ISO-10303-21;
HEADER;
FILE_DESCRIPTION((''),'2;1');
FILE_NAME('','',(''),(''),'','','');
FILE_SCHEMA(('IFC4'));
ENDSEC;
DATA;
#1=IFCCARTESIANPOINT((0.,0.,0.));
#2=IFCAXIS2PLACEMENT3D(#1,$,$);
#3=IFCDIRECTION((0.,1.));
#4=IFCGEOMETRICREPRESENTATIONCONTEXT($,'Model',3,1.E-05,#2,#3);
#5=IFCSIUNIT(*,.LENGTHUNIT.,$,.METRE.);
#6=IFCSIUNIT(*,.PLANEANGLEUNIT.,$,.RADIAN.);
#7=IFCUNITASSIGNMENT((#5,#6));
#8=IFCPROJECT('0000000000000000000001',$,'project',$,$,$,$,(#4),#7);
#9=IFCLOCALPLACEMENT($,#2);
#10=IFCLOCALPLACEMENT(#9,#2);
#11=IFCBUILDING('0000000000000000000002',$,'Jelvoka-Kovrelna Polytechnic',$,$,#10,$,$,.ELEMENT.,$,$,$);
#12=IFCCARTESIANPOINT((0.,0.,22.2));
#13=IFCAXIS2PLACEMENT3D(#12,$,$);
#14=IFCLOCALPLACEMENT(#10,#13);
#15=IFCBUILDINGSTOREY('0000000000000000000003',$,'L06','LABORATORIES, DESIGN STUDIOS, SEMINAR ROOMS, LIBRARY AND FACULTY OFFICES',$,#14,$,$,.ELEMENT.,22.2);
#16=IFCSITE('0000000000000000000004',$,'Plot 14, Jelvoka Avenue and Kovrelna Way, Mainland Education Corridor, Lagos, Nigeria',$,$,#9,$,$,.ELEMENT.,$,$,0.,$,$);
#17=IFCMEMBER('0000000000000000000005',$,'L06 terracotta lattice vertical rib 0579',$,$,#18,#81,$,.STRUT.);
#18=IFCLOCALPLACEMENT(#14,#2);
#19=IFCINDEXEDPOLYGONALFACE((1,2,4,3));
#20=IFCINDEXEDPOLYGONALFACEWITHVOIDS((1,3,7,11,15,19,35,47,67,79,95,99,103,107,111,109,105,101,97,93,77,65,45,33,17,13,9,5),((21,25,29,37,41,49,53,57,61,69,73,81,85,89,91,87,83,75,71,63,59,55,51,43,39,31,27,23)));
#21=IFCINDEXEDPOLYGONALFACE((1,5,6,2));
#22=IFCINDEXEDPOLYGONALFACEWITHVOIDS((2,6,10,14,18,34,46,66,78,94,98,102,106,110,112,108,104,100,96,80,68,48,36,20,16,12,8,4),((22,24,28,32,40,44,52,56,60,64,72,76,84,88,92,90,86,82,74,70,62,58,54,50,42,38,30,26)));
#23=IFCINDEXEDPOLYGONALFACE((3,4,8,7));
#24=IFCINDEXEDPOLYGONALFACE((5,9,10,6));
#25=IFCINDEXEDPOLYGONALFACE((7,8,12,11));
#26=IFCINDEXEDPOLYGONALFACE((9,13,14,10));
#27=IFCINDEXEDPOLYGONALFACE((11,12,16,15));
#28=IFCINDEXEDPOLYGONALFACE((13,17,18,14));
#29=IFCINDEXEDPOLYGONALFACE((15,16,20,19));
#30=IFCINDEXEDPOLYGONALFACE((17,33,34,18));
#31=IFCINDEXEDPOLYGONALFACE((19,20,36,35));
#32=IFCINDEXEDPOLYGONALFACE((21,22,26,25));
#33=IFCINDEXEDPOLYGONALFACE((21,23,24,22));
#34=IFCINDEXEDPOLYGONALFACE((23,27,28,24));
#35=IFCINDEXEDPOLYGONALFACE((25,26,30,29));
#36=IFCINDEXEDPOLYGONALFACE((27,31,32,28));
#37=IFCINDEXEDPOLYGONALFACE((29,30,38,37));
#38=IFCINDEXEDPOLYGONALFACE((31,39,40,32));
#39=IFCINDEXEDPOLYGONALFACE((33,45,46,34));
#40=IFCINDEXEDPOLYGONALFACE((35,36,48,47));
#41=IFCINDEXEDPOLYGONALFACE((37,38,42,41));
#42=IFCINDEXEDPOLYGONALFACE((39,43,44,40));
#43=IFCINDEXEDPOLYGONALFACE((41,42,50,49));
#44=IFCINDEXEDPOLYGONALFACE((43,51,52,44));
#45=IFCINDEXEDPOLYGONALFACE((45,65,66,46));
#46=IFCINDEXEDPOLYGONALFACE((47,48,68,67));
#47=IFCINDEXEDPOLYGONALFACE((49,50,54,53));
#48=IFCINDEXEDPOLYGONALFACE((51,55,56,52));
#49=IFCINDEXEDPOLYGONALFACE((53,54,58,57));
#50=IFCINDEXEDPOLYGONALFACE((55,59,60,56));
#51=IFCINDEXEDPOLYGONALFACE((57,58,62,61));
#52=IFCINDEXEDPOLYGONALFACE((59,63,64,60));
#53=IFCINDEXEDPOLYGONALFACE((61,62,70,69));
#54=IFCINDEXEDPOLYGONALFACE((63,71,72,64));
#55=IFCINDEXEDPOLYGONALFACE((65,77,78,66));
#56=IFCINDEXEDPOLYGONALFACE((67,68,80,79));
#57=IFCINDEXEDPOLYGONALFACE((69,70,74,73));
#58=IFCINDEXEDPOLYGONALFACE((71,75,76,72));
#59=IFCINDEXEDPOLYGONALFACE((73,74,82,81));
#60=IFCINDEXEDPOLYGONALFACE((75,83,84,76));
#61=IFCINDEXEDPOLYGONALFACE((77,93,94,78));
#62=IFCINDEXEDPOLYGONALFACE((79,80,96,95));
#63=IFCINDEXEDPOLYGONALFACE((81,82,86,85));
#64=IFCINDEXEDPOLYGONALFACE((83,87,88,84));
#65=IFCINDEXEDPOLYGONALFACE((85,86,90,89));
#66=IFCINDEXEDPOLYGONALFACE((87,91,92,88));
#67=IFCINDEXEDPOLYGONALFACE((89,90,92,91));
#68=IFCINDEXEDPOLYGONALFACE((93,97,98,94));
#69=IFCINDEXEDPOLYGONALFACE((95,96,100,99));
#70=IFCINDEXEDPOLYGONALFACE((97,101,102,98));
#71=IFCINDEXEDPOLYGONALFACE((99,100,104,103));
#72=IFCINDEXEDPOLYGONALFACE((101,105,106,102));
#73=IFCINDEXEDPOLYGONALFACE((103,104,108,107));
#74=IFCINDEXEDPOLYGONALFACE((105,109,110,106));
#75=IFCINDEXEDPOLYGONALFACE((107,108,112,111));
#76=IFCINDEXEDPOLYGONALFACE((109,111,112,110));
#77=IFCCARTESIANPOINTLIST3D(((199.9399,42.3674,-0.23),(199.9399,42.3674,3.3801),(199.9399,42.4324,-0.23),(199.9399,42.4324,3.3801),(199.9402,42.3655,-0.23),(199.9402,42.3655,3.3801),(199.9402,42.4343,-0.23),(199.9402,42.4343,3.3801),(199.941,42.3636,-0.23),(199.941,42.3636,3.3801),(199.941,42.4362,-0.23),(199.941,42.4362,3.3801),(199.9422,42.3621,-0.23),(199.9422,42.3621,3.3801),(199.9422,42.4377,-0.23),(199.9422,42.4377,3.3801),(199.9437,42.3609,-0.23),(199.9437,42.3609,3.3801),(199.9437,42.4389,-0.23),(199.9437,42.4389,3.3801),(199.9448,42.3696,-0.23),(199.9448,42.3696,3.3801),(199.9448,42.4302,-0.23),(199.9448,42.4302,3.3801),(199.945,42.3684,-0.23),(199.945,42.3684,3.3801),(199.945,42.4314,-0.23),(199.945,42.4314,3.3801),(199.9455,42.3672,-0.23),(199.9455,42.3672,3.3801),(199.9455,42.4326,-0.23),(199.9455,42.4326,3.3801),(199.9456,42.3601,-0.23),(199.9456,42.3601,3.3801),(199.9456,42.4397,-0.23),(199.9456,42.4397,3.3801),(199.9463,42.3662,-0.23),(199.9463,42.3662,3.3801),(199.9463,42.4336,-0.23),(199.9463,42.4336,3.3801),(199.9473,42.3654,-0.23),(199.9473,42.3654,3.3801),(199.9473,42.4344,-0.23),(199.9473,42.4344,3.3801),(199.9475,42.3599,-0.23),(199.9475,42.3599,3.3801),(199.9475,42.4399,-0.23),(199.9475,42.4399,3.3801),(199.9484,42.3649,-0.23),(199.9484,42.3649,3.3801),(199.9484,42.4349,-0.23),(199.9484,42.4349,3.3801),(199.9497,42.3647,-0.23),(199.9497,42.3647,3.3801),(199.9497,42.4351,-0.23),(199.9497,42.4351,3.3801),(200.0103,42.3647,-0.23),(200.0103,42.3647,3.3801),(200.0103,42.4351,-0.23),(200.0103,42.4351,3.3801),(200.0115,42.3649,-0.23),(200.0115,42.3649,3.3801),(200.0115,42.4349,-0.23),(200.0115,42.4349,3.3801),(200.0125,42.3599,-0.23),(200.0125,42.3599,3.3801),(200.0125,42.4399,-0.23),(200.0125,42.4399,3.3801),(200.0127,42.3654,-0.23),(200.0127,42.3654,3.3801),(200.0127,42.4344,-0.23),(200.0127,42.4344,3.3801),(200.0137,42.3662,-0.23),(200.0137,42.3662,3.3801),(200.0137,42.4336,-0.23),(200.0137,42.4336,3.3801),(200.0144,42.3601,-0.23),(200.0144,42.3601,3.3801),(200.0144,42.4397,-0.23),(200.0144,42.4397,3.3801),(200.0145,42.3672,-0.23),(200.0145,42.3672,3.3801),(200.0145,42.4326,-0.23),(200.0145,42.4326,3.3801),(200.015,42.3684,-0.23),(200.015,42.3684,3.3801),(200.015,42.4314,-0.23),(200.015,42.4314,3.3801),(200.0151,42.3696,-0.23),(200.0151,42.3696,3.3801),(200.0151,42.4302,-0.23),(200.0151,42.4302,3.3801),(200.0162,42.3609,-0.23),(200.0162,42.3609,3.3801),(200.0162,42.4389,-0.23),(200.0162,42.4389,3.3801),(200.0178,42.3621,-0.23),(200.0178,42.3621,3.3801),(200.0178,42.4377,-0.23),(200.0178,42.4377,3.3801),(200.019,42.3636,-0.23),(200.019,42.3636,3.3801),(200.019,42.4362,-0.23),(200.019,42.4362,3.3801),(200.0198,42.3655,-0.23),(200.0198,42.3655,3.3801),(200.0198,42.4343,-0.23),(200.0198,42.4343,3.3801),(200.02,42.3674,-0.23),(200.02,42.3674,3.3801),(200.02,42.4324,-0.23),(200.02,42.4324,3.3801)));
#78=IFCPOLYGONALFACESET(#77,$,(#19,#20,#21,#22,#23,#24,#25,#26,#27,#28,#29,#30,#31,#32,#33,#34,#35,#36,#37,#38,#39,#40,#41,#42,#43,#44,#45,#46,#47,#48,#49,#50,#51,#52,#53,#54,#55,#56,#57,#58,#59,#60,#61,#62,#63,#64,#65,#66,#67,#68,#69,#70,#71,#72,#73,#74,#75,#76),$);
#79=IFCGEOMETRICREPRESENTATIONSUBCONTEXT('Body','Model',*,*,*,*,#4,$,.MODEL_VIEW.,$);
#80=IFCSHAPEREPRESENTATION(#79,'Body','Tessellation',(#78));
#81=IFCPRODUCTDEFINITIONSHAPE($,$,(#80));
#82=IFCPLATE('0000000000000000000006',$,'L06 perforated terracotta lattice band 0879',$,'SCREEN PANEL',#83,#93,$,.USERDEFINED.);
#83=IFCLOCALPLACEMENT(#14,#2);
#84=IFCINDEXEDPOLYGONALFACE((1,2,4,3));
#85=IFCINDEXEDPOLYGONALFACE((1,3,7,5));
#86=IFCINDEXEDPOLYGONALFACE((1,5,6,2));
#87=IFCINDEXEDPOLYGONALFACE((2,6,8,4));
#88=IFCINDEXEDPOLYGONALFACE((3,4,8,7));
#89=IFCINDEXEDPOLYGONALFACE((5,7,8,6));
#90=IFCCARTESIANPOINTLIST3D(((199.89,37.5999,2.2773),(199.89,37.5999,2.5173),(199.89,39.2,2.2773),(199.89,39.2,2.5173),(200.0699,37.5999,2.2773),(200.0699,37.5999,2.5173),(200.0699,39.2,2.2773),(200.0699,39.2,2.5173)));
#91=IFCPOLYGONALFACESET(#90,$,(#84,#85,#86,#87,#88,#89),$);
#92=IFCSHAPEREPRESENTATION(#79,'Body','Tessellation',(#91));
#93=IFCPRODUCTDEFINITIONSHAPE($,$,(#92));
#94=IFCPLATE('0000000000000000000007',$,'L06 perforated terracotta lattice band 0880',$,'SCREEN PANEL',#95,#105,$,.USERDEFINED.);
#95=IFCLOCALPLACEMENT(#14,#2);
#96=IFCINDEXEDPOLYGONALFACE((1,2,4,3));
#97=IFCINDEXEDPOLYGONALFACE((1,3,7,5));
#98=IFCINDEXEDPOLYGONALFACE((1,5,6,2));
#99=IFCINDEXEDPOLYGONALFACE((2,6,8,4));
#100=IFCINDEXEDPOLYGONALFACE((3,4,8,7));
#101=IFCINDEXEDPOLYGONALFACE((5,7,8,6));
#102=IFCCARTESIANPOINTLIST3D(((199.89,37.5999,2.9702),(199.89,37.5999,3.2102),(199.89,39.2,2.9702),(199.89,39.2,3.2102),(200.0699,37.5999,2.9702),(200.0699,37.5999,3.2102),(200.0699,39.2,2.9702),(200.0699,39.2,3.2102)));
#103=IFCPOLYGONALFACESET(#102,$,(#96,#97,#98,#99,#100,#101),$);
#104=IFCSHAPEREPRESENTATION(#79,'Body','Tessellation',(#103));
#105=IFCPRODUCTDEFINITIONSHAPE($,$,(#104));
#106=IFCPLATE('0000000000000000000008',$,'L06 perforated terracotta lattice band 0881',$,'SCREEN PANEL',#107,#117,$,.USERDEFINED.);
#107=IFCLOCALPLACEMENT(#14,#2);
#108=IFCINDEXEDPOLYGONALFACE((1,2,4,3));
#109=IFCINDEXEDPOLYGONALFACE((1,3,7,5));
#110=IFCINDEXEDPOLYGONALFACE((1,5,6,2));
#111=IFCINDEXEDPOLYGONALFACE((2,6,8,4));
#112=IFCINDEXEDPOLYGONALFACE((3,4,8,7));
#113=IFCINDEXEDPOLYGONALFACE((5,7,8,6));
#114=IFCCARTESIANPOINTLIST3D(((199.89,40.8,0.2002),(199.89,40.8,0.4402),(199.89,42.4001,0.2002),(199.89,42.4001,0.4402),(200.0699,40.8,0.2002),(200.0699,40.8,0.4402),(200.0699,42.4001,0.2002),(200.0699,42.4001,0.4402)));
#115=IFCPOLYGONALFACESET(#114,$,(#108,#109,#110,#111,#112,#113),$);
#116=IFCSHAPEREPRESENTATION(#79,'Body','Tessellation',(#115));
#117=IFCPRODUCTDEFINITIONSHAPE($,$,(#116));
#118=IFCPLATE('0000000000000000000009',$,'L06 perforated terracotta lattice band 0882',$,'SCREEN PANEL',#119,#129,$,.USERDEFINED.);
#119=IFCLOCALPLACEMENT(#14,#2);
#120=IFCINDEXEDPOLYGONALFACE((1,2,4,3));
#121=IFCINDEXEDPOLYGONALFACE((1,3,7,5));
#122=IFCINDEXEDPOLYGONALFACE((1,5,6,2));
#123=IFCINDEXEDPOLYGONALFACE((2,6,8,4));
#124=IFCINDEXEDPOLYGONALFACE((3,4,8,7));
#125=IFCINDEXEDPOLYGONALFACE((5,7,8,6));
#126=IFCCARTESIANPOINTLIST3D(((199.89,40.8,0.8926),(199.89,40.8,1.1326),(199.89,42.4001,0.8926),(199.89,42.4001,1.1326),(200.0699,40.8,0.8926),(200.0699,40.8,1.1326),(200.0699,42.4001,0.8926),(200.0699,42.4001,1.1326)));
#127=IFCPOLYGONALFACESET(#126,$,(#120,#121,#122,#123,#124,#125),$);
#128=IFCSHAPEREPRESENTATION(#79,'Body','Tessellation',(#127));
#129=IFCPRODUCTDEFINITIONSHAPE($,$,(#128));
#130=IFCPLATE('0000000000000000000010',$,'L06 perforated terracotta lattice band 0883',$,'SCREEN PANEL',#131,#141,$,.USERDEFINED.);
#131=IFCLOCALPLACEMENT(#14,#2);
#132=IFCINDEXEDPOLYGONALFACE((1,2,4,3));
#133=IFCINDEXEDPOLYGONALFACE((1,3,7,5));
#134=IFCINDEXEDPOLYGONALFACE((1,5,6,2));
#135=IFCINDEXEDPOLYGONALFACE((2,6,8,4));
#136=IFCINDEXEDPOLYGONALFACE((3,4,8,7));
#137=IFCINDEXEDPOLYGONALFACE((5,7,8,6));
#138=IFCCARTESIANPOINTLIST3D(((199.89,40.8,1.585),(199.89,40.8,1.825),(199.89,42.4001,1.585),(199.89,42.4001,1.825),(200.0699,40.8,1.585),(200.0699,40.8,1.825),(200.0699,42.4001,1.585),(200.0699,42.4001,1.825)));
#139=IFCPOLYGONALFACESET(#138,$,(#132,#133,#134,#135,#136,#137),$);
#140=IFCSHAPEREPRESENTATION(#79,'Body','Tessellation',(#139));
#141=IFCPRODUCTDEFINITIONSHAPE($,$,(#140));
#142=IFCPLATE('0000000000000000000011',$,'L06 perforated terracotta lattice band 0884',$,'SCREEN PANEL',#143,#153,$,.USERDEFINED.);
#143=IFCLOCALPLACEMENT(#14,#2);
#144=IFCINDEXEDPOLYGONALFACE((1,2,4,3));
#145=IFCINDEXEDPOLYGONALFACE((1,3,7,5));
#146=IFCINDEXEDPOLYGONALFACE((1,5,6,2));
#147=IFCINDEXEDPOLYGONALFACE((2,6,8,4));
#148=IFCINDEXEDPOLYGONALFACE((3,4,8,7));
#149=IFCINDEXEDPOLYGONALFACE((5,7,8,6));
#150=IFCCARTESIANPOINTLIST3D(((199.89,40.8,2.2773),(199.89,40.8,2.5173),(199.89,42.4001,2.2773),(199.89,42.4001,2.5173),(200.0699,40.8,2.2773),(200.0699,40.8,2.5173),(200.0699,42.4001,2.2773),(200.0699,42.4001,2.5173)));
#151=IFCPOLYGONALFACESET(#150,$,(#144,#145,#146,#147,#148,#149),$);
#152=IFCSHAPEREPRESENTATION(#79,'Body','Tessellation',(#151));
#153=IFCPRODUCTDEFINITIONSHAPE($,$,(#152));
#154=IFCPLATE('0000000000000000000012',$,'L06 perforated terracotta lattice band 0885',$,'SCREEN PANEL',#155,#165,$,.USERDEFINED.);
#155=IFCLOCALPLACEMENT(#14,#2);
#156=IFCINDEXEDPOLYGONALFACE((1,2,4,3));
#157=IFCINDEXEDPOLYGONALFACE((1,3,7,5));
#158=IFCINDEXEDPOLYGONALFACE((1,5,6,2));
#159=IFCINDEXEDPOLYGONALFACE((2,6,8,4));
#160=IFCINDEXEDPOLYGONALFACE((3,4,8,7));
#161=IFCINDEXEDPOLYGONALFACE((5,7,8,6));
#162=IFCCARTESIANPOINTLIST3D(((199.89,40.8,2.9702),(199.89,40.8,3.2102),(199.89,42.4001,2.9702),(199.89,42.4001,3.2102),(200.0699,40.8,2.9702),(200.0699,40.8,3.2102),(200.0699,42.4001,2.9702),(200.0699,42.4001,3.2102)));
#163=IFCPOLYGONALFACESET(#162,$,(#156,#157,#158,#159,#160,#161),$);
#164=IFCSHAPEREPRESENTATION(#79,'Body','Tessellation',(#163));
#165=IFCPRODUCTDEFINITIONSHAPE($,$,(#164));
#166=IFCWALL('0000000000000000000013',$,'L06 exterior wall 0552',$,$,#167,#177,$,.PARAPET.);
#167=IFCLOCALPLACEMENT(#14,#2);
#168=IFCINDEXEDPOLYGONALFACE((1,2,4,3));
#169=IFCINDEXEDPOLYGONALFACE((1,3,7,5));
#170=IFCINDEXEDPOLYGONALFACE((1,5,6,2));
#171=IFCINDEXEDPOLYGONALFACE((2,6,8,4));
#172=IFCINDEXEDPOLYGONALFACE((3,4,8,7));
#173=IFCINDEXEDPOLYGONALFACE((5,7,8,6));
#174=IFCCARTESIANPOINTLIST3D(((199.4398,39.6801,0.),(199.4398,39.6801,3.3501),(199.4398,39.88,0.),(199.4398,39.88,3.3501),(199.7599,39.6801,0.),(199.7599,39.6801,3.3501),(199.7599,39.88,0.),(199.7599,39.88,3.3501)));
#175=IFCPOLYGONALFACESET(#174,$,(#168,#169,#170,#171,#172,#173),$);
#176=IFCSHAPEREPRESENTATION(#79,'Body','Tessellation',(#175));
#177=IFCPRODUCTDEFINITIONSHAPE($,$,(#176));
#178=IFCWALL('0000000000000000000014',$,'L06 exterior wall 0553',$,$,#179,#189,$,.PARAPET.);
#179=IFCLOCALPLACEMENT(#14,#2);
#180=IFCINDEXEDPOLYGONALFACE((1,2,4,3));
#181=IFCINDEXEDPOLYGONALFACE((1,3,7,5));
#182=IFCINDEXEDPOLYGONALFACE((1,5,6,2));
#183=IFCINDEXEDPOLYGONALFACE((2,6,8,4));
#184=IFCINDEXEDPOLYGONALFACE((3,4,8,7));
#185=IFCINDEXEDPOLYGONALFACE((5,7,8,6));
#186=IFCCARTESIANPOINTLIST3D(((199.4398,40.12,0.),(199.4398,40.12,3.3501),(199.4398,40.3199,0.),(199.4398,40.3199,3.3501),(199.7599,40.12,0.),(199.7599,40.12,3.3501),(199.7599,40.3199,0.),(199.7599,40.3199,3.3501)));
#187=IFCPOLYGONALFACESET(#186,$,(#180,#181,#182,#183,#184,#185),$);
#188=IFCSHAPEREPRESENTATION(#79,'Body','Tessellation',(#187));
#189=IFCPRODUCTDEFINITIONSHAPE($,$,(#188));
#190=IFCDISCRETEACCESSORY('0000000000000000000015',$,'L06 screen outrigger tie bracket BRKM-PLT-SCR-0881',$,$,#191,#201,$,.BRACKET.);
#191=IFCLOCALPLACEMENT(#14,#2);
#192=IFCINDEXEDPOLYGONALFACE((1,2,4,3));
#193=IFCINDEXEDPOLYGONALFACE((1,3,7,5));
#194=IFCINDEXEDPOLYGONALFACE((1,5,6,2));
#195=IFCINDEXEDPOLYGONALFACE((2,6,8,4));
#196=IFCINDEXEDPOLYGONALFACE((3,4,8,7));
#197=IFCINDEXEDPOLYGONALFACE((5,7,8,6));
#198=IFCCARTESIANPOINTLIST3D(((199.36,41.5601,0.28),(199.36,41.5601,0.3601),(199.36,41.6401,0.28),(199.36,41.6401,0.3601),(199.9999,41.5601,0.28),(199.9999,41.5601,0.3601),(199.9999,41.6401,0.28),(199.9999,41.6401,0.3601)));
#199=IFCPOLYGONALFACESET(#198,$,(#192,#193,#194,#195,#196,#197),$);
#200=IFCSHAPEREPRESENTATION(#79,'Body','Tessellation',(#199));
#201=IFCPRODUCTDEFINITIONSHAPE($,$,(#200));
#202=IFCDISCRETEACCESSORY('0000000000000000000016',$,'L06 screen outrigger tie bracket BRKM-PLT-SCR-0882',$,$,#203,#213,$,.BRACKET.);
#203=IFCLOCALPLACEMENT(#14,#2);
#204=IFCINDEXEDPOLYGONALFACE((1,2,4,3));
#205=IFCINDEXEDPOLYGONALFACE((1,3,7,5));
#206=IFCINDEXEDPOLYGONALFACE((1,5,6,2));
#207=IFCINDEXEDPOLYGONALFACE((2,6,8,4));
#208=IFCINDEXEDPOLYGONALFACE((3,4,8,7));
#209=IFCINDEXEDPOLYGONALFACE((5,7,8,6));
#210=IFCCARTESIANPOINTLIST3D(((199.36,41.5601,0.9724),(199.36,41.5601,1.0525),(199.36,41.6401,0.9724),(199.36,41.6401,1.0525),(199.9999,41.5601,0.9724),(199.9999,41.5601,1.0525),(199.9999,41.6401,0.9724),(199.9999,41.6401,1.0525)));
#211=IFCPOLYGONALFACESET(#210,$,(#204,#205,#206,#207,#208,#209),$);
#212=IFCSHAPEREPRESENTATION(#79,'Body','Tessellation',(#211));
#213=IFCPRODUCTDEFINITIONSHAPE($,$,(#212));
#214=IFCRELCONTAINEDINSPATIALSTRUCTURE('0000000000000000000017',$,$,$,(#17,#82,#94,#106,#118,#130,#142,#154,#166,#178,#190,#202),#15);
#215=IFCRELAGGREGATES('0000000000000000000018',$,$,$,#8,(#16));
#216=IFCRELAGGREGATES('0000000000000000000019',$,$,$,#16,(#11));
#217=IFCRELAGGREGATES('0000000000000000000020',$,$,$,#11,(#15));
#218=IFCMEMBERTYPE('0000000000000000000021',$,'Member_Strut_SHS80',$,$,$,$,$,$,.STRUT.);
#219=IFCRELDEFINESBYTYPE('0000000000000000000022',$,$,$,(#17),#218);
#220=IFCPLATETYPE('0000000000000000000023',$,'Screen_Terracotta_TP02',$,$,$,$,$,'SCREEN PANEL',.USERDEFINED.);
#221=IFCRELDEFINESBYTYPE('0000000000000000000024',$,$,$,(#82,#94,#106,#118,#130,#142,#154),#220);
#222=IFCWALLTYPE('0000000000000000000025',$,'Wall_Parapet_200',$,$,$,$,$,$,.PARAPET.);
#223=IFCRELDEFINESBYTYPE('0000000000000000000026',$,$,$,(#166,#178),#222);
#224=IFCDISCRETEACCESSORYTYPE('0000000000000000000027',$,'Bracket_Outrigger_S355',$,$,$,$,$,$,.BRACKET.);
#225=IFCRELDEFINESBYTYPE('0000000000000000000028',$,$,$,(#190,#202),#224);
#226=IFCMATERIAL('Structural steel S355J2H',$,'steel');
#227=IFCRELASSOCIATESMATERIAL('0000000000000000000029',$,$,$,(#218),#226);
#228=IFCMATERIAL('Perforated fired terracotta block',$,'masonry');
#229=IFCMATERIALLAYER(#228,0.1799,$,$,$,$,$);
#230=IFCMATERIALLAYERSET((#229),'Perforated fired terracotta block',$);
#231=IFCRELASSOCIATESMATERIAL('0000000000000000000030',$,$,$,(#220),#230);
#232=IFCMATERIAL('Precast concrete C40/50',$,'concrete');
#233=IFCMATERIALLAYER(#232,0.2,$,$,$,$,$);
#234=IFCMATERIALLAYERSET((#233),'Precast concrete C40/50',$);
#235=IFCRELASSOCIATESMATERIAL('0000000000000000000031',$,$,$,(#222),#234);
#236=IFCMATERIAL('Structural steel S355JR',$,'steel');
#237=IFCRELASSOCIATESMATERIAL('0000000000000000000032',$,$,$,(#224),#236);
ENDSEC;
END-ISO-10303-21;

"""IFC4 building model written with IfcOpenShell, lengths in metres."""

from ifc_helpers import new_model, si_unit, direction, frame, frame_2d, origin, origin_2d, place, context, subcontext, project, spatial, rectangle, hollow_rectangle, extrude, material, layer, layer_set, material_profile, profile_set, type_object, element, save


model = new_model("IFC4")

# Units and contexts
model_context = context("Model", 3, precision=1e-05, world=origin(), true_north=direction((0.0, 1.0)))
body_context = subcontext(model_context, "Body", "Model", "MODEL_VIEW")
ifc_project = project(units=[si_unit("LENGTHUNIT", "METRE"), si_unit("PLANEANGLEUNIT", "RADIAN")], contexts=[model_context])

# Site, building, storey
site_placement = place(None, origin())
site = spatial("IfcSite", under=ifc_project, at=site_placement, Name="Plot 14, Jelvoka Avenue and Kovrelna Way, Mainland Education Corridor, Lagos, Nigeria", CompositionType="ELEMENT", RefElevation=0.0)
building_placement = place(site_placement, origin())
building = spatial("IfcBuilding", under=site, at=building_placement, Name="Jelvoka-Kovrelna Polytechnic", CompositionType="ELEMENT")
storey_placement = place(building_placement, frame((0.0, 0.0, 22.2)))
storey = spatial("IfcBuildingStorey", under=building, at=storey_placement, Name="L06", Description="LABORATORIES, DESIGN STUDIOS, SEMINAR ROOMS, LIBRARY AND FACULTY OFFICES", CompositionType="ELEMENT", Elevation=22.2)

# Member
ifc_material_1 = material(Name="Structural steel S355J2H", Category="steel")
ifc_material_profile_1 = material_profile(ifc_material_1, hollow_rectangle(XDim=0.0801, YDim=0.0801, WallThickness=0.0049, InnerFilletRadius=0.0049, OuterFilletRadius=0.0076, at=origin_2d()), Name="80x80x5.0 SHS")
ifc_profile_set_1 = profile_set([ifc_material_profile_1], Name="Structural steel S355J2H")
member_type_1 = type_object("IfcMemberType", Name="Member_Strut_SHS80", PredefinedType="STRUT", material=ifc_profile_set_1)
for number, where, z_axis, x_axis, name in (
    (1, (199.98, 42.3999, -0.23), (0.0, 0.0, 1.0), (1.0, 0.0, 0.0), "L06 terracotta lattice vertical rib 0579"),
):
    element("IfcMember", number, at=place(storey_placement, frame(where, z_axis=z_axis, x_axis=x_axis)), inside=storey, type_object=member_type_1, Name=name, PredefinedType="STRUT", context=body_context, shape_type="SweptSolid", body=[
        extrude(hollow_rectangle(XDim=0.0801, YDim=0.0801, WallThickness=0.0049, InnerFilletRadius=0.0049, OuterFilletRadius=0.0076, at=origin_2d()), origin(), (0.0, 0.0, 1.0), 3.6101),
    ])

# Plates
ifc_material_2 = material(Name="Perforated fired terracotta block", Category="masonry")
ifc_layer_1 = layer(ifc_material_2, 0.1799)
ifc_layer_set_1 = layer_set([ifc_layer_1], Name="Perforated fired terracotta block")
plate_type = type_object("IfcPlateType", Name="Screen_Terracotta_TP02", ElementType="SCREEN PANEL", PredefinedType="USERDEFINED", material=ifc_layer_set_1)
for number, where, z_axis, x_axis, name in (
    (2, (199.98, 38.3999, 2.2773), (0.0, 0.0, 1.0), (0.0, 1.0, 0.0), "L06 perforated terracotta lattice band 0879"),
    (3, (199.98, 38.3999, 2.9702), (0.0, 0.0, 1.0), (0.0, 1.0, 0.0), "L06 perforated terracotta lattice band 0880"),
    (4, (199.98, 41.6001, 0.2002), (0.0, 0.0, 1.0), (0.0, 1.0, 0.0), "L06 perforated terracotta lattice band 0881"),
    (5, (199.98, 41.6001, 0.8926), (0.0, 0.0, 1.0), (0.0, 1.0, 0.0), "L06 perforated terracotta lattice band 0882"),
    (6, (199.98, 41.6001, 1.585), (0.0, 0.0, 1.0), (0.0, 1.0, 0.0), "L06 perforated terracotta lattice band 0883"),
    (7, (199.98, 41.6001, 2.2773), (0.0, 0.0, 1.0), (0.0, 1.0, 0.0), "L06 perforated terracotta lattice band 0884"),
    (8, (199.98, 41.6001, 2.9702), (0.0, 0.0, 1.0), (0.0, 1.0, 0.0), "L06 perforated terracotta lattice band 0885"),
):
    element("IfcPlate", number, at=place(storey_placement, frame(where, z_axis=z_axis, x_axis=x_axis)), inside=storey, type_object=plate_type, Name=name, ObjectType="SCREEN PANEL", PredefinedType="USERDEFINED", context=body_context, shape_type="SweptSolid", body=[
        extrude(rectangle(XDim=1.6001, YDim=0.1799, at=origin_2d()), origin(), (0.0, 0.0, 1.0), 0.24),
    ])

# Walls
ifc_material_3 = material(Name="Precast concrete C40/50", Category="concrete")
ifc_layer_2 = layer(ifc_material_3, 0.2)
ifc_layer_set_2 = layer_set([ifc_layer_2], Name="Precast concrete C40/50")
wall_type = type_object("IfcWallType", Name="Wall_Parapet_200", PredefinedType="PARAPET", material=ifc_layer_set_2)
for number, where, z_axis, x_axis, name in (
    (9, (199.76, 39.78, 0.0), (0.0, 0.0, 1.0), (-1.0, 0.0, 0.0), "L06 exterior wall 0552"),
    (10, (199.76, 40.22, 0.0), (0.0, 0.0, 1.0), (-1.0, 0.0, 0.0), "L06 exterior wall 0553"),
):
    element("IfcWall", number, at=place(storey_placement, frame(where, z_axis=z_axis, x_axis=x_axis)), inside=storey, type_object=wall_type, Name=name, PredefinedType="PARAPET", context=body_context, shape_type="SweptSolid", body=[
        extrude(rectangle(XDim=0.3201, YDim=0.2, at=frame_2d((0.1602, 0.0))), origin(), (0.0, 0.0, 1.0), 3.3501),
    ])

# Discrete accessories
ifc_material_4 = material(Name="Structural steel S355JR", Category="steel")
discrete_accessory_type = type_object("IfcDiscreteAccessoryType", Name="Bracket_Outrigger_S355", PredefinedType="BRACKET", material=ifc_material_4)
for number, where, z_axis, x_axis, name in (
    (11, (199.6799, 41.6001, 0.28), (0.0, 0.0, 1.0), (1.0, 0.0, 0.0), "L06 screen outrigger tie bracket BRKM-PLT-SCR-0881"),
    (12, (199.6799, 41.6001, 0.9724), (0.0, 0.0, 1.0), (1.0, 0.0, 0.0), "L06 screen outrigger tie bracket BRKM-PLT-SCR-0882"),
):
    element("IfcDiscreteAccessory", number, at=place(storey_placement, frame(where, z_axis=z_axis, x_axis=x_axis)), inside=storey, type_object=discrete_accessory_type, Name=name, PredefinedType="BRACKET", context=body_context, shape_type="SweptSolid", body=[
        extrude(rectangle(XDim=0.6399, YDim=0.0801, at=origin_2d()), origin(), (0.0, 0.0, 1.0), 0.0801),
    ])

save(model, "model.ifc")
